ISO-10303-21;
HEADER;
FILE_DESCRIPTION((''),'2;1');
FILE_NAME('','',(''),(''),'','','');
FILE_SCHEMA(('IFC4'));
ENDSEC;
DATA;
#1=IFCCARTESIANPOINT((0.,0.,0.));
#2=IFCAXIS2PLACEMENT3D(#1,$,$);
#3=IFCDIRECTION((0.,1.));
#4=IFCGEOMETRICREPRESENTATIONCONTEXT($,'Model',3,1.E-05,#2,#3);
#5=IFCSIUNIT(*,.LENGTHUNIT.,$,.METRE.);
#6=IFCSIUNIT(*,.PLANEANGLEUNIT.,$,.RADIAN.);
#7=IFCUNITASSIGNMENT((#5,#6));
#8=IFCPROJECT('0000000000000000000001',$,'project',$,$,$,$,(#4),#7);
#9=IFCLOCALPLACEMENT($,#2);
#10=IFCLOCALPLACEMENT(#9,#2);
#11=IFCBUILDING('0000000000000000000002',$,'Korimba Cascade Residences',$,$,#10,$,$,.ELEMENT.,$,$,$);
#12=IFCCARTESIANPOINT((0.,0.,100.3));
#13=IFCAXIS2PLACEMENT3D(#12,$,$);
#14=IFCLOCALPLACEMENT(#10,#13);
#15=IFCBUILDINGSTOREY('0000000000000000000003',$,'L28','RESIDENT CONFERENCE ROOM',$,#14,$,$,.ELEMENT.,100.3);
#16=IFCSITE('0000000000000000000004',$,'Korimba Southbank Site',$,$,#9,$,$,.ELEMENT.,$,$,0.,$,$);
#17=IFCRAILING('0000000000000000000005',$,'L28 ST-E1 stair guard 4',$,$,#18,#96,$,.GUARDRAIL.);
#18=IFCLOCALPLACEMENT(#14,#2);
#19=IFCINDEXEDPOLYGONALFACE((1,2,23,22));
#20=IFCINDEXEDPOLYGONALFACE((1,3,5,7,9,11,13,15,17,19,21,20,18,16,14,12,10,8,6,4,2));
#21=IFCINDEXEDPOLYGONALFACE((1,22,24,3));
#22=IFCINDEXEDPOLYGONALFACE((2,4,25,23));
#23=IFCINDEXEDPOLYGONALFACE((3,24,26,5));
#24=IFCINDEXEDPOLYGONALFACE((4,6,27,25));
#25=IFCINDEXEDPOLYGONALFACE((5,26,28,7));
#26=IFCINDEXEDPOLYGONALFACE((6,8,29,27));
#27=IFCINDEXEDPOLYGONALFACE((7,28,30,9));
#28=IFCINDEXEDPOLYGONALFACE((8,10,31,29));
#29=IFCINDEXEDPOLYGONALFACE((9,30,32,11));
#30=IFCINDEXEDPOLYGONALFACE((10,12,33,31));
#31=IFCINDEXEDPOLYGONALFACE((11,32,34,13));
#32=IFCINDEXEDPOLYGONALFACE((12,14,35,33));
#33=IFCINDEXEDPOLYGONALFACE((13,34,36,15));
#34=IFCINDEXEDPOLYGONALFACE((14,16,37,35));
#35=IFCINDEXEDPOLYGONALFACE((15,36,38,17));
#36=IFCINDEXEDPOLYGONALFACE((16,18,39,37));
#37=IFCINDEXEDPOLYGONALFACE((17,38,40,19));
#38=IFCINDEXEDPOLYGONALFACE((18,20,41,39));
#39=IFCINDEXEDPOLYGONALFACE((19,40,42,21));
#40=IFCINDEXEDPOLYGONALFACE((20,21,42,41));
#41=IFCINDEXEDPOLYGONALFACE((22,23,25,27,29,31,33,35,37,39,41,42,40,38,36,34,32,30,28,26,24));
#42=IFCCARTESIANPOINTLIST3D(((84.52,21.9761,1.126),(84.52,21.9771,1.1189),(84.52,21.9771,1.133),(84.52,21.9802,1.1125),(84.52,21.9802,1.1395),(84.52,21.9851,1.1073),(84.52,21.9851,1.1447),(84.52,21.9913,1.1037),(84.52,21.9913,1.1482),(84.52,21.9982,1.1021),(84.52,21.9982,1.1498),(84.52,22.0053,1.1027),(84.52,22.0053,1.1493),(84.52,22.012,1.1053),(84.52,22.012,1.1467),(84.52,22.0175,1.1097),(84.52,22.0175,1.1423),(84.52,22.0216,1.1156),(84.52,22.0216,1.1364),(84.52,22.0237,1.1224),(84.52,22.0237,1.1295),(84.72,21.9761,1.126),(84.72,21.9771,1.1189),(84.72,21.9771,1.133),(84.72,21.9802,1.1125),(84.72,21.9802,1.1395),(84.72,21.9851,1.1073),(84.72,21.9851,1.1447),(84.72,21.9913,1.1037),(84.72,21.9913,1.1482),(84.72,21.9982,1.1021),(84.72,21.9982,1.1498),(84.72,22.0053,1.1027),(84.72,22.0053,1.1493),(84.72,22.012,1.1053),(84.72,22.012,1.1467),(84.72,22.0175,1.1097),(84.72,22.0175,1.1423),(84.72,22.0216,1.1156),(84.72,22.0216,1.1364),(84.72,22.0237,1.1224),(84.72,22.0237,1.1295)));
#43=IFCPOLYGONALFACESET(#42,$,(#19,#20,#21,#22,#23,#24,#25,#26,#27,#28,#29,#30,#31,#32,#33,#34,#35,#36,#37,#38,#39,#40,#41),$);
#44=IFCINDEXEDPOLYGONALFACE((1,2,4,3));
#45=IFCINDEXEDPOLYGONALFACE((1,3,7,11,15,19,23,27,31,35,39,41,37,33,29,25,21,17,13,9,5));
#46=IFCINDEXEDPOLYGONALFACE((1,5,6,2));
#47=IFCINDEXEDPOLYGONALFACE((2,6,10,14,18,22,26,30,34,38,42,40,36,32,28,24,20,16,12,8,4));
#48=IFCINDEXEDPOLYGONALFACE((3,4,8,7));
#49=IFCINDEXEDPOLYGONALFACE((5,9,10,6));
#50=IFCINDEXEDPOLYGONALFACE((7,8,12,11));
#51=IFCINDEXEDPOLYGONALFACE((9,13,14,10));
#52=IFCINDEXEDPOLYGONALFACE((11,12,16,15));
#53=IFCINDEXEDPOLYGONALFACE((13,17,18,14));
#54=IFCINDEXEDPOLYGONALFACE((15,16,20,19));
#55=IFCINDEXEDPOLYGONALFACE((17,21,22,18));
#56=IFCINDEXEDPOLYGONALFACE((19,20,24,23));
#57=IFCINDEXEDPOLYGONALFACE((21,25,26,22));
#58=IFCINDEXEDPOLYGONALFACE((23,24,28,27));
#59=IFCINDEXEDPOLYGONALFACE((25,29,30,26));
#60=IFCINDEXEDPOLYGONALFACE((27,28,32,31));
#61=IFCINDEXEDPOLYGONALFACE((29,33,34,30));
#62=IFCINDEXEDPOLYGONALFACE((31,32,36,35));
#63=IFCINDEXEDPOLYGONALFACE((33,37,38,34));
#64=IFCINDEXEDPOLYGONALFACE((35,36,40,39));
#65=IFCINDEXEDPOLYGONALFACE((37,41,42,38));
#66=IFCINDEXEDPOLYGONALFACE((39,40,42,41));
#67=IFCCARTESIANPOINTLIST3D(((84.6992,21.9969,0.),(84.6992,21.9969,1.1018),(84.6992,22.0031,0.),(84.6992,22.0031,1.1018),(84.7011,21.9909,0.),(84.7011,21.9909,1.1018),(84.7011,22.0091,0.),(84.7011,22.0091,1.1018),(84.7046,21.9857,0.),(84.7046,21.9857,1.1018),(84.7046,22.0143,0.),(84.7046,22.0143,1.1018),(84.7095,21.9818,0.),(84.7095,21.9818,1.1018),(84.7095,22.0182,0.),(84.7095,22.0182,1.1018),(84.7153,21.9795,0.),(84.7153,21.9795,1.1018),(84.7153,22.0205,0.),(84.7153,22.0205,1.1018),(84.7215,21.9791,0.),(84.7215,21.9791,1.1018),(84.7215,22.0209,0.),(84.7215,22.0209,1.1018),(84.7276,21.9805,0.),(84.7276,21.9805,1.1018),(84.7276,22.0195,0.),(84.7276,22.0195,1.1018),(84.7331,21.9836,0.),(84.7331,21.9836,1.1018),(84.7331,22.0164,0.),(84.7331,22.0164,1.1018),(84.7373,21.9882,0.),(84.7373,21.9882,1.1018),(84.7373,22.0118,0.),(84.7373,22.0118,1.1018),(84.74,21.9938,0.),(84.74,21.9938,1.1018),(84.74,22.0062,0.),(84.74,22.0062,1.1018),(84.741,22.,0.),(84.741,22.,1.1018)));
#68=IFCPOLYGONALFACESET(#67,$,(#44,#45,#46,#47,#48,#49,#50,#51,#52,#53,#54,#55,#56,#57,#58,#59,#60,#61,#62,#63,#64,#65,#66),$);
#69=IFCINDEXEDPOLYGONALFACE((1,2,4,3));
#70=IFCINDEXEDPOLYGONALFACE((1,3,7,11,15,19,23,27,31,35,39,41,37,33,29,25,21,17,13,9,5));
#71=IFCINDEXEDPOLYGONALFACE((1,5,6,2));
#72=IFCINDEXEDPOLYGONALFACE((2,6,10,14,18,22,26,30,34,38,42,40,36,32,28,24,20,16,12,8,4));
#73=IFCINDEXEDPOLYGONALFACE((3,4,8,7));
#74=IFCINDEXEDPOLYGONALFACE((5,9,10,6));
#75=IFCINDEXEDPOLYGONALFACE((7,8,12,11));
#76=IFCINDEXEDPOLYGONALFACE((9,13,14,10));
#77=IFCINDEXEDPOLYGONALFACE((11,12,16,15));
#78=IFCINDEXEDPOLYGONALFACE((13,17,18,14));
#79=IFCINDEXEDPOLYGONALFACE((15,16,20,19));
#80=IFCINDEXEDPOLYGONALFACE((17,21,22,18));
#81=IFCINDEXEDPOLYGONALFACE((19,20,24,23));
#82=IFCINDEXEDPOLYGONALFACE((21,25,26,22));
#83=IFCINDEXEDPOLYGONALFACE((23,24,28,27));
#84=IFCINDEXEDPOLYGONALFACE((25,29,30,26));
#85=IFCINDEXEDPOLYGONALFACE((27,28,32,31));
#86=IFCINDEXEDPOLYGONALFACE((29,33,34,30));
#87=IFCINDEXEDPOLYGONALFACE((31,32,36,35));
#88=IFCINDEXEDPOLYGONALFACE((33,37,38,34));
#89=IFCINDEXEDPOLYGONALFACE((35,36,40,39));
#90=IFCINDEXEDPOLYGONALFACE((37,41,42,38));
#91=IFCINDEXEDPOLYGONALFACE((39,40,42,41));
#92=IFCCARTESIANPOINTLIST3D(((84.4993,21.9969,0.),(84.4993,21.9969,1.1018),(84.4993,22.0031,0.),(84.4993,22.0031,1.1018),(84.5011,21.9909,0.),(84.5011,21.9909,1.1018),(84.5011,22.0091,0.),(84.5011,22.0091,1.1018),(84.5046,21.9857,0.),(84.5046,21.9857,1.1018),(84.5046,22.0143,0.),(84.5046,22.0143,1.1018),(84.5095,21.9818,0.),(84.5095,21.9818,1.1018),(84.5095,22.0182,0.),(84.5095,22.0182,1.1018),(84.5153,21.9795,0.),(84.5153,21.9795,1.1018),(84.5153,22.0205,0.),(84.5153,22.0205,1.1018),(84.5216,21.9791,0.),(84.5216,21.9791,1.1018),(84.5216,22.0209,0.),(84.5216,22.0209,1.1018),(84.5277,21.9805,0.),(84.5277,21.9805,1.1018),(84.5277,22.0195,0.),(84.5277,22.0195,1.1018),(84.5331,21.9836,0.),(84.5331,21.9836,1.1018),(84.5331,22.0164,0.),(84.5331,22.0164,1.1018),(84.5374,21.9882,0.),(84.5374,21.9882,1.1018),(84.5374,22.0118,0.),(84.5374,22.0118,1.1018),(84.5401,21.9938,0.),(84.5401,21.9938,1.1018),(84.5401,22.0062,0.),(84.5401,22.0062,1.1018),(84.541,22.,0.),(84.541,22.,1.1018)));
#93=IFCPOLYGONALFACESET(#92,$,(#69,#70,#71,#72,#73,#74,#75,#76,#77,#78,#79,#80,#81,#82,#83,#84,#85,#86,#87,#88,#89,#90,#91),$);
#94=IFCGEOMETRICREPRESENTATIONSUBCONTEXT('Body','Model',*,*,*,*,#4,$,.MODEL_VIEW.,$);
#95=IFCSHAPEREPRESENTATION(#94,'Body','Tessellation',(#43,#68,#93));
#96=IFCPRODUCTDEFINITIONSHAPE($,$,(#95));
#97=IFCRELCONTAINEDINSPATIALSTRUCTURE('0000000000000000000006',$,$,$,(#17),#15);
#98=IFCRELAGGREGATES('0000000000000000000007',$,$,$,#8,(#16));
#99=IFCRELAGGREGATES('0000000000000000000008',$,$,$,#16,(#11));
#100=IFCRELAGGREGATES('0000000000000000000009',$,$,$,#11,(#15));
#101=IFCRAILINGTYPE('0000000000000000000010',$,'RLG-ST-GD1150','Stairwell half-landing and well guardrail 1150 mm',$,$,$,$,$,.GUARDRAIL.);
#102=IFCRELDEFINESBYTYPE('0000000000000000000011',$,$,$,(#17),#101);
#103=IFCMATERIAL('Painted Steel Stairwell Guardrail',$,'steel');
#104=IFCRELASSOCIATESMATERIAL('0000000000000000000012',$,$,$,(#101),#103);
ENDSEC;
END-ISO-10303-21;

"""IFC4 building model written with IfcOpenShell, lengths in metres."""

from ifc_helpers import new_model, si_unit, direction, frame, origin, origin_2d, place, context, subcontext, project, spatial, circle, extrude, material, type_object, element, save


model = new_model("IFC4")

# Units and contexts
model_context = context("Model", 3, precision=1e-05, world=origin(), true_north=direction((0.0, 1.0)))
body_context = subcontext(model_context, "Body", "Model", "MODEL_VIEW")
ifc_project = project(units=[si_unit("LENGTHUNIT", "METRE"), si_unit("PLANEANGLEUNIT", "RADIAN")], contexts=[model_context])

# Site, building, storey
site_placement = place(None, origin())
site = spatial("IfcSite", under=ifc_project, at=site_placement, Name="Korimba Southbank Site", CompositionType="ELEMENT", RefElevation=0.0)
building_placement = place(site_placement, origin())
building = spatial("IfcBuilding", under=site, at=building_placement, Name="Korimba Cascade Residences", CompositionType="ELEMENT")
storey_placement = place(building_placement, frame((0.0, 0.0, 100.3)))
storey = spatial("IfcBuildingStorey", under=building, at=storey_placement, Name="L28", Description="RESIDENT CONFERENCE ROOM", CompositionType="ELEMENT", Elevation=100.3)

# Railing
ifc_material_1 = material(Name="Painted Steel Stairwell Guardrail", Category="steel")
railing_type_1 = type_object("IfcRailingType", Name="RLG-ST-GD1150", Description="Stairwell half-landing and well guardrail 1150 mm", PredefinedType="GUARDRAIL", material=ifc_material_1)
railing_1_placement = place(storey_placement, frame((84.72, 22.0, 0.0)))
element("IfcRailing", 1, at=railing_1_placement, inside=storey, type_object=railing_type_1, Name="L28 ST-E1 stair guard 4", PredefinedType="GUARDRAIL", context=body_context, shape_type="SweptSolid", body=[
    extrude(circle(Radius=0.0239, at=origin_2d()), frame((0.0, 0.0, 1.126), z_axis=(-1.0, 0.0, 0.0), x_axis=(0.0, -1.0, 0.0)), (0.0, 0.0, 1.0), 0.2),
    extrude(circle(Radius=0.021, at=origin_2d()), origin(), (0.0, 0.0, 1.0), 1.1018),
    extrude(circle(Radius=0.021, at=origin_2d()), frame((-0.2, 0.0, 0.0)), (0.0, 0.0, 1.0), 1.1018),
])

save(model, "model.ifc")
